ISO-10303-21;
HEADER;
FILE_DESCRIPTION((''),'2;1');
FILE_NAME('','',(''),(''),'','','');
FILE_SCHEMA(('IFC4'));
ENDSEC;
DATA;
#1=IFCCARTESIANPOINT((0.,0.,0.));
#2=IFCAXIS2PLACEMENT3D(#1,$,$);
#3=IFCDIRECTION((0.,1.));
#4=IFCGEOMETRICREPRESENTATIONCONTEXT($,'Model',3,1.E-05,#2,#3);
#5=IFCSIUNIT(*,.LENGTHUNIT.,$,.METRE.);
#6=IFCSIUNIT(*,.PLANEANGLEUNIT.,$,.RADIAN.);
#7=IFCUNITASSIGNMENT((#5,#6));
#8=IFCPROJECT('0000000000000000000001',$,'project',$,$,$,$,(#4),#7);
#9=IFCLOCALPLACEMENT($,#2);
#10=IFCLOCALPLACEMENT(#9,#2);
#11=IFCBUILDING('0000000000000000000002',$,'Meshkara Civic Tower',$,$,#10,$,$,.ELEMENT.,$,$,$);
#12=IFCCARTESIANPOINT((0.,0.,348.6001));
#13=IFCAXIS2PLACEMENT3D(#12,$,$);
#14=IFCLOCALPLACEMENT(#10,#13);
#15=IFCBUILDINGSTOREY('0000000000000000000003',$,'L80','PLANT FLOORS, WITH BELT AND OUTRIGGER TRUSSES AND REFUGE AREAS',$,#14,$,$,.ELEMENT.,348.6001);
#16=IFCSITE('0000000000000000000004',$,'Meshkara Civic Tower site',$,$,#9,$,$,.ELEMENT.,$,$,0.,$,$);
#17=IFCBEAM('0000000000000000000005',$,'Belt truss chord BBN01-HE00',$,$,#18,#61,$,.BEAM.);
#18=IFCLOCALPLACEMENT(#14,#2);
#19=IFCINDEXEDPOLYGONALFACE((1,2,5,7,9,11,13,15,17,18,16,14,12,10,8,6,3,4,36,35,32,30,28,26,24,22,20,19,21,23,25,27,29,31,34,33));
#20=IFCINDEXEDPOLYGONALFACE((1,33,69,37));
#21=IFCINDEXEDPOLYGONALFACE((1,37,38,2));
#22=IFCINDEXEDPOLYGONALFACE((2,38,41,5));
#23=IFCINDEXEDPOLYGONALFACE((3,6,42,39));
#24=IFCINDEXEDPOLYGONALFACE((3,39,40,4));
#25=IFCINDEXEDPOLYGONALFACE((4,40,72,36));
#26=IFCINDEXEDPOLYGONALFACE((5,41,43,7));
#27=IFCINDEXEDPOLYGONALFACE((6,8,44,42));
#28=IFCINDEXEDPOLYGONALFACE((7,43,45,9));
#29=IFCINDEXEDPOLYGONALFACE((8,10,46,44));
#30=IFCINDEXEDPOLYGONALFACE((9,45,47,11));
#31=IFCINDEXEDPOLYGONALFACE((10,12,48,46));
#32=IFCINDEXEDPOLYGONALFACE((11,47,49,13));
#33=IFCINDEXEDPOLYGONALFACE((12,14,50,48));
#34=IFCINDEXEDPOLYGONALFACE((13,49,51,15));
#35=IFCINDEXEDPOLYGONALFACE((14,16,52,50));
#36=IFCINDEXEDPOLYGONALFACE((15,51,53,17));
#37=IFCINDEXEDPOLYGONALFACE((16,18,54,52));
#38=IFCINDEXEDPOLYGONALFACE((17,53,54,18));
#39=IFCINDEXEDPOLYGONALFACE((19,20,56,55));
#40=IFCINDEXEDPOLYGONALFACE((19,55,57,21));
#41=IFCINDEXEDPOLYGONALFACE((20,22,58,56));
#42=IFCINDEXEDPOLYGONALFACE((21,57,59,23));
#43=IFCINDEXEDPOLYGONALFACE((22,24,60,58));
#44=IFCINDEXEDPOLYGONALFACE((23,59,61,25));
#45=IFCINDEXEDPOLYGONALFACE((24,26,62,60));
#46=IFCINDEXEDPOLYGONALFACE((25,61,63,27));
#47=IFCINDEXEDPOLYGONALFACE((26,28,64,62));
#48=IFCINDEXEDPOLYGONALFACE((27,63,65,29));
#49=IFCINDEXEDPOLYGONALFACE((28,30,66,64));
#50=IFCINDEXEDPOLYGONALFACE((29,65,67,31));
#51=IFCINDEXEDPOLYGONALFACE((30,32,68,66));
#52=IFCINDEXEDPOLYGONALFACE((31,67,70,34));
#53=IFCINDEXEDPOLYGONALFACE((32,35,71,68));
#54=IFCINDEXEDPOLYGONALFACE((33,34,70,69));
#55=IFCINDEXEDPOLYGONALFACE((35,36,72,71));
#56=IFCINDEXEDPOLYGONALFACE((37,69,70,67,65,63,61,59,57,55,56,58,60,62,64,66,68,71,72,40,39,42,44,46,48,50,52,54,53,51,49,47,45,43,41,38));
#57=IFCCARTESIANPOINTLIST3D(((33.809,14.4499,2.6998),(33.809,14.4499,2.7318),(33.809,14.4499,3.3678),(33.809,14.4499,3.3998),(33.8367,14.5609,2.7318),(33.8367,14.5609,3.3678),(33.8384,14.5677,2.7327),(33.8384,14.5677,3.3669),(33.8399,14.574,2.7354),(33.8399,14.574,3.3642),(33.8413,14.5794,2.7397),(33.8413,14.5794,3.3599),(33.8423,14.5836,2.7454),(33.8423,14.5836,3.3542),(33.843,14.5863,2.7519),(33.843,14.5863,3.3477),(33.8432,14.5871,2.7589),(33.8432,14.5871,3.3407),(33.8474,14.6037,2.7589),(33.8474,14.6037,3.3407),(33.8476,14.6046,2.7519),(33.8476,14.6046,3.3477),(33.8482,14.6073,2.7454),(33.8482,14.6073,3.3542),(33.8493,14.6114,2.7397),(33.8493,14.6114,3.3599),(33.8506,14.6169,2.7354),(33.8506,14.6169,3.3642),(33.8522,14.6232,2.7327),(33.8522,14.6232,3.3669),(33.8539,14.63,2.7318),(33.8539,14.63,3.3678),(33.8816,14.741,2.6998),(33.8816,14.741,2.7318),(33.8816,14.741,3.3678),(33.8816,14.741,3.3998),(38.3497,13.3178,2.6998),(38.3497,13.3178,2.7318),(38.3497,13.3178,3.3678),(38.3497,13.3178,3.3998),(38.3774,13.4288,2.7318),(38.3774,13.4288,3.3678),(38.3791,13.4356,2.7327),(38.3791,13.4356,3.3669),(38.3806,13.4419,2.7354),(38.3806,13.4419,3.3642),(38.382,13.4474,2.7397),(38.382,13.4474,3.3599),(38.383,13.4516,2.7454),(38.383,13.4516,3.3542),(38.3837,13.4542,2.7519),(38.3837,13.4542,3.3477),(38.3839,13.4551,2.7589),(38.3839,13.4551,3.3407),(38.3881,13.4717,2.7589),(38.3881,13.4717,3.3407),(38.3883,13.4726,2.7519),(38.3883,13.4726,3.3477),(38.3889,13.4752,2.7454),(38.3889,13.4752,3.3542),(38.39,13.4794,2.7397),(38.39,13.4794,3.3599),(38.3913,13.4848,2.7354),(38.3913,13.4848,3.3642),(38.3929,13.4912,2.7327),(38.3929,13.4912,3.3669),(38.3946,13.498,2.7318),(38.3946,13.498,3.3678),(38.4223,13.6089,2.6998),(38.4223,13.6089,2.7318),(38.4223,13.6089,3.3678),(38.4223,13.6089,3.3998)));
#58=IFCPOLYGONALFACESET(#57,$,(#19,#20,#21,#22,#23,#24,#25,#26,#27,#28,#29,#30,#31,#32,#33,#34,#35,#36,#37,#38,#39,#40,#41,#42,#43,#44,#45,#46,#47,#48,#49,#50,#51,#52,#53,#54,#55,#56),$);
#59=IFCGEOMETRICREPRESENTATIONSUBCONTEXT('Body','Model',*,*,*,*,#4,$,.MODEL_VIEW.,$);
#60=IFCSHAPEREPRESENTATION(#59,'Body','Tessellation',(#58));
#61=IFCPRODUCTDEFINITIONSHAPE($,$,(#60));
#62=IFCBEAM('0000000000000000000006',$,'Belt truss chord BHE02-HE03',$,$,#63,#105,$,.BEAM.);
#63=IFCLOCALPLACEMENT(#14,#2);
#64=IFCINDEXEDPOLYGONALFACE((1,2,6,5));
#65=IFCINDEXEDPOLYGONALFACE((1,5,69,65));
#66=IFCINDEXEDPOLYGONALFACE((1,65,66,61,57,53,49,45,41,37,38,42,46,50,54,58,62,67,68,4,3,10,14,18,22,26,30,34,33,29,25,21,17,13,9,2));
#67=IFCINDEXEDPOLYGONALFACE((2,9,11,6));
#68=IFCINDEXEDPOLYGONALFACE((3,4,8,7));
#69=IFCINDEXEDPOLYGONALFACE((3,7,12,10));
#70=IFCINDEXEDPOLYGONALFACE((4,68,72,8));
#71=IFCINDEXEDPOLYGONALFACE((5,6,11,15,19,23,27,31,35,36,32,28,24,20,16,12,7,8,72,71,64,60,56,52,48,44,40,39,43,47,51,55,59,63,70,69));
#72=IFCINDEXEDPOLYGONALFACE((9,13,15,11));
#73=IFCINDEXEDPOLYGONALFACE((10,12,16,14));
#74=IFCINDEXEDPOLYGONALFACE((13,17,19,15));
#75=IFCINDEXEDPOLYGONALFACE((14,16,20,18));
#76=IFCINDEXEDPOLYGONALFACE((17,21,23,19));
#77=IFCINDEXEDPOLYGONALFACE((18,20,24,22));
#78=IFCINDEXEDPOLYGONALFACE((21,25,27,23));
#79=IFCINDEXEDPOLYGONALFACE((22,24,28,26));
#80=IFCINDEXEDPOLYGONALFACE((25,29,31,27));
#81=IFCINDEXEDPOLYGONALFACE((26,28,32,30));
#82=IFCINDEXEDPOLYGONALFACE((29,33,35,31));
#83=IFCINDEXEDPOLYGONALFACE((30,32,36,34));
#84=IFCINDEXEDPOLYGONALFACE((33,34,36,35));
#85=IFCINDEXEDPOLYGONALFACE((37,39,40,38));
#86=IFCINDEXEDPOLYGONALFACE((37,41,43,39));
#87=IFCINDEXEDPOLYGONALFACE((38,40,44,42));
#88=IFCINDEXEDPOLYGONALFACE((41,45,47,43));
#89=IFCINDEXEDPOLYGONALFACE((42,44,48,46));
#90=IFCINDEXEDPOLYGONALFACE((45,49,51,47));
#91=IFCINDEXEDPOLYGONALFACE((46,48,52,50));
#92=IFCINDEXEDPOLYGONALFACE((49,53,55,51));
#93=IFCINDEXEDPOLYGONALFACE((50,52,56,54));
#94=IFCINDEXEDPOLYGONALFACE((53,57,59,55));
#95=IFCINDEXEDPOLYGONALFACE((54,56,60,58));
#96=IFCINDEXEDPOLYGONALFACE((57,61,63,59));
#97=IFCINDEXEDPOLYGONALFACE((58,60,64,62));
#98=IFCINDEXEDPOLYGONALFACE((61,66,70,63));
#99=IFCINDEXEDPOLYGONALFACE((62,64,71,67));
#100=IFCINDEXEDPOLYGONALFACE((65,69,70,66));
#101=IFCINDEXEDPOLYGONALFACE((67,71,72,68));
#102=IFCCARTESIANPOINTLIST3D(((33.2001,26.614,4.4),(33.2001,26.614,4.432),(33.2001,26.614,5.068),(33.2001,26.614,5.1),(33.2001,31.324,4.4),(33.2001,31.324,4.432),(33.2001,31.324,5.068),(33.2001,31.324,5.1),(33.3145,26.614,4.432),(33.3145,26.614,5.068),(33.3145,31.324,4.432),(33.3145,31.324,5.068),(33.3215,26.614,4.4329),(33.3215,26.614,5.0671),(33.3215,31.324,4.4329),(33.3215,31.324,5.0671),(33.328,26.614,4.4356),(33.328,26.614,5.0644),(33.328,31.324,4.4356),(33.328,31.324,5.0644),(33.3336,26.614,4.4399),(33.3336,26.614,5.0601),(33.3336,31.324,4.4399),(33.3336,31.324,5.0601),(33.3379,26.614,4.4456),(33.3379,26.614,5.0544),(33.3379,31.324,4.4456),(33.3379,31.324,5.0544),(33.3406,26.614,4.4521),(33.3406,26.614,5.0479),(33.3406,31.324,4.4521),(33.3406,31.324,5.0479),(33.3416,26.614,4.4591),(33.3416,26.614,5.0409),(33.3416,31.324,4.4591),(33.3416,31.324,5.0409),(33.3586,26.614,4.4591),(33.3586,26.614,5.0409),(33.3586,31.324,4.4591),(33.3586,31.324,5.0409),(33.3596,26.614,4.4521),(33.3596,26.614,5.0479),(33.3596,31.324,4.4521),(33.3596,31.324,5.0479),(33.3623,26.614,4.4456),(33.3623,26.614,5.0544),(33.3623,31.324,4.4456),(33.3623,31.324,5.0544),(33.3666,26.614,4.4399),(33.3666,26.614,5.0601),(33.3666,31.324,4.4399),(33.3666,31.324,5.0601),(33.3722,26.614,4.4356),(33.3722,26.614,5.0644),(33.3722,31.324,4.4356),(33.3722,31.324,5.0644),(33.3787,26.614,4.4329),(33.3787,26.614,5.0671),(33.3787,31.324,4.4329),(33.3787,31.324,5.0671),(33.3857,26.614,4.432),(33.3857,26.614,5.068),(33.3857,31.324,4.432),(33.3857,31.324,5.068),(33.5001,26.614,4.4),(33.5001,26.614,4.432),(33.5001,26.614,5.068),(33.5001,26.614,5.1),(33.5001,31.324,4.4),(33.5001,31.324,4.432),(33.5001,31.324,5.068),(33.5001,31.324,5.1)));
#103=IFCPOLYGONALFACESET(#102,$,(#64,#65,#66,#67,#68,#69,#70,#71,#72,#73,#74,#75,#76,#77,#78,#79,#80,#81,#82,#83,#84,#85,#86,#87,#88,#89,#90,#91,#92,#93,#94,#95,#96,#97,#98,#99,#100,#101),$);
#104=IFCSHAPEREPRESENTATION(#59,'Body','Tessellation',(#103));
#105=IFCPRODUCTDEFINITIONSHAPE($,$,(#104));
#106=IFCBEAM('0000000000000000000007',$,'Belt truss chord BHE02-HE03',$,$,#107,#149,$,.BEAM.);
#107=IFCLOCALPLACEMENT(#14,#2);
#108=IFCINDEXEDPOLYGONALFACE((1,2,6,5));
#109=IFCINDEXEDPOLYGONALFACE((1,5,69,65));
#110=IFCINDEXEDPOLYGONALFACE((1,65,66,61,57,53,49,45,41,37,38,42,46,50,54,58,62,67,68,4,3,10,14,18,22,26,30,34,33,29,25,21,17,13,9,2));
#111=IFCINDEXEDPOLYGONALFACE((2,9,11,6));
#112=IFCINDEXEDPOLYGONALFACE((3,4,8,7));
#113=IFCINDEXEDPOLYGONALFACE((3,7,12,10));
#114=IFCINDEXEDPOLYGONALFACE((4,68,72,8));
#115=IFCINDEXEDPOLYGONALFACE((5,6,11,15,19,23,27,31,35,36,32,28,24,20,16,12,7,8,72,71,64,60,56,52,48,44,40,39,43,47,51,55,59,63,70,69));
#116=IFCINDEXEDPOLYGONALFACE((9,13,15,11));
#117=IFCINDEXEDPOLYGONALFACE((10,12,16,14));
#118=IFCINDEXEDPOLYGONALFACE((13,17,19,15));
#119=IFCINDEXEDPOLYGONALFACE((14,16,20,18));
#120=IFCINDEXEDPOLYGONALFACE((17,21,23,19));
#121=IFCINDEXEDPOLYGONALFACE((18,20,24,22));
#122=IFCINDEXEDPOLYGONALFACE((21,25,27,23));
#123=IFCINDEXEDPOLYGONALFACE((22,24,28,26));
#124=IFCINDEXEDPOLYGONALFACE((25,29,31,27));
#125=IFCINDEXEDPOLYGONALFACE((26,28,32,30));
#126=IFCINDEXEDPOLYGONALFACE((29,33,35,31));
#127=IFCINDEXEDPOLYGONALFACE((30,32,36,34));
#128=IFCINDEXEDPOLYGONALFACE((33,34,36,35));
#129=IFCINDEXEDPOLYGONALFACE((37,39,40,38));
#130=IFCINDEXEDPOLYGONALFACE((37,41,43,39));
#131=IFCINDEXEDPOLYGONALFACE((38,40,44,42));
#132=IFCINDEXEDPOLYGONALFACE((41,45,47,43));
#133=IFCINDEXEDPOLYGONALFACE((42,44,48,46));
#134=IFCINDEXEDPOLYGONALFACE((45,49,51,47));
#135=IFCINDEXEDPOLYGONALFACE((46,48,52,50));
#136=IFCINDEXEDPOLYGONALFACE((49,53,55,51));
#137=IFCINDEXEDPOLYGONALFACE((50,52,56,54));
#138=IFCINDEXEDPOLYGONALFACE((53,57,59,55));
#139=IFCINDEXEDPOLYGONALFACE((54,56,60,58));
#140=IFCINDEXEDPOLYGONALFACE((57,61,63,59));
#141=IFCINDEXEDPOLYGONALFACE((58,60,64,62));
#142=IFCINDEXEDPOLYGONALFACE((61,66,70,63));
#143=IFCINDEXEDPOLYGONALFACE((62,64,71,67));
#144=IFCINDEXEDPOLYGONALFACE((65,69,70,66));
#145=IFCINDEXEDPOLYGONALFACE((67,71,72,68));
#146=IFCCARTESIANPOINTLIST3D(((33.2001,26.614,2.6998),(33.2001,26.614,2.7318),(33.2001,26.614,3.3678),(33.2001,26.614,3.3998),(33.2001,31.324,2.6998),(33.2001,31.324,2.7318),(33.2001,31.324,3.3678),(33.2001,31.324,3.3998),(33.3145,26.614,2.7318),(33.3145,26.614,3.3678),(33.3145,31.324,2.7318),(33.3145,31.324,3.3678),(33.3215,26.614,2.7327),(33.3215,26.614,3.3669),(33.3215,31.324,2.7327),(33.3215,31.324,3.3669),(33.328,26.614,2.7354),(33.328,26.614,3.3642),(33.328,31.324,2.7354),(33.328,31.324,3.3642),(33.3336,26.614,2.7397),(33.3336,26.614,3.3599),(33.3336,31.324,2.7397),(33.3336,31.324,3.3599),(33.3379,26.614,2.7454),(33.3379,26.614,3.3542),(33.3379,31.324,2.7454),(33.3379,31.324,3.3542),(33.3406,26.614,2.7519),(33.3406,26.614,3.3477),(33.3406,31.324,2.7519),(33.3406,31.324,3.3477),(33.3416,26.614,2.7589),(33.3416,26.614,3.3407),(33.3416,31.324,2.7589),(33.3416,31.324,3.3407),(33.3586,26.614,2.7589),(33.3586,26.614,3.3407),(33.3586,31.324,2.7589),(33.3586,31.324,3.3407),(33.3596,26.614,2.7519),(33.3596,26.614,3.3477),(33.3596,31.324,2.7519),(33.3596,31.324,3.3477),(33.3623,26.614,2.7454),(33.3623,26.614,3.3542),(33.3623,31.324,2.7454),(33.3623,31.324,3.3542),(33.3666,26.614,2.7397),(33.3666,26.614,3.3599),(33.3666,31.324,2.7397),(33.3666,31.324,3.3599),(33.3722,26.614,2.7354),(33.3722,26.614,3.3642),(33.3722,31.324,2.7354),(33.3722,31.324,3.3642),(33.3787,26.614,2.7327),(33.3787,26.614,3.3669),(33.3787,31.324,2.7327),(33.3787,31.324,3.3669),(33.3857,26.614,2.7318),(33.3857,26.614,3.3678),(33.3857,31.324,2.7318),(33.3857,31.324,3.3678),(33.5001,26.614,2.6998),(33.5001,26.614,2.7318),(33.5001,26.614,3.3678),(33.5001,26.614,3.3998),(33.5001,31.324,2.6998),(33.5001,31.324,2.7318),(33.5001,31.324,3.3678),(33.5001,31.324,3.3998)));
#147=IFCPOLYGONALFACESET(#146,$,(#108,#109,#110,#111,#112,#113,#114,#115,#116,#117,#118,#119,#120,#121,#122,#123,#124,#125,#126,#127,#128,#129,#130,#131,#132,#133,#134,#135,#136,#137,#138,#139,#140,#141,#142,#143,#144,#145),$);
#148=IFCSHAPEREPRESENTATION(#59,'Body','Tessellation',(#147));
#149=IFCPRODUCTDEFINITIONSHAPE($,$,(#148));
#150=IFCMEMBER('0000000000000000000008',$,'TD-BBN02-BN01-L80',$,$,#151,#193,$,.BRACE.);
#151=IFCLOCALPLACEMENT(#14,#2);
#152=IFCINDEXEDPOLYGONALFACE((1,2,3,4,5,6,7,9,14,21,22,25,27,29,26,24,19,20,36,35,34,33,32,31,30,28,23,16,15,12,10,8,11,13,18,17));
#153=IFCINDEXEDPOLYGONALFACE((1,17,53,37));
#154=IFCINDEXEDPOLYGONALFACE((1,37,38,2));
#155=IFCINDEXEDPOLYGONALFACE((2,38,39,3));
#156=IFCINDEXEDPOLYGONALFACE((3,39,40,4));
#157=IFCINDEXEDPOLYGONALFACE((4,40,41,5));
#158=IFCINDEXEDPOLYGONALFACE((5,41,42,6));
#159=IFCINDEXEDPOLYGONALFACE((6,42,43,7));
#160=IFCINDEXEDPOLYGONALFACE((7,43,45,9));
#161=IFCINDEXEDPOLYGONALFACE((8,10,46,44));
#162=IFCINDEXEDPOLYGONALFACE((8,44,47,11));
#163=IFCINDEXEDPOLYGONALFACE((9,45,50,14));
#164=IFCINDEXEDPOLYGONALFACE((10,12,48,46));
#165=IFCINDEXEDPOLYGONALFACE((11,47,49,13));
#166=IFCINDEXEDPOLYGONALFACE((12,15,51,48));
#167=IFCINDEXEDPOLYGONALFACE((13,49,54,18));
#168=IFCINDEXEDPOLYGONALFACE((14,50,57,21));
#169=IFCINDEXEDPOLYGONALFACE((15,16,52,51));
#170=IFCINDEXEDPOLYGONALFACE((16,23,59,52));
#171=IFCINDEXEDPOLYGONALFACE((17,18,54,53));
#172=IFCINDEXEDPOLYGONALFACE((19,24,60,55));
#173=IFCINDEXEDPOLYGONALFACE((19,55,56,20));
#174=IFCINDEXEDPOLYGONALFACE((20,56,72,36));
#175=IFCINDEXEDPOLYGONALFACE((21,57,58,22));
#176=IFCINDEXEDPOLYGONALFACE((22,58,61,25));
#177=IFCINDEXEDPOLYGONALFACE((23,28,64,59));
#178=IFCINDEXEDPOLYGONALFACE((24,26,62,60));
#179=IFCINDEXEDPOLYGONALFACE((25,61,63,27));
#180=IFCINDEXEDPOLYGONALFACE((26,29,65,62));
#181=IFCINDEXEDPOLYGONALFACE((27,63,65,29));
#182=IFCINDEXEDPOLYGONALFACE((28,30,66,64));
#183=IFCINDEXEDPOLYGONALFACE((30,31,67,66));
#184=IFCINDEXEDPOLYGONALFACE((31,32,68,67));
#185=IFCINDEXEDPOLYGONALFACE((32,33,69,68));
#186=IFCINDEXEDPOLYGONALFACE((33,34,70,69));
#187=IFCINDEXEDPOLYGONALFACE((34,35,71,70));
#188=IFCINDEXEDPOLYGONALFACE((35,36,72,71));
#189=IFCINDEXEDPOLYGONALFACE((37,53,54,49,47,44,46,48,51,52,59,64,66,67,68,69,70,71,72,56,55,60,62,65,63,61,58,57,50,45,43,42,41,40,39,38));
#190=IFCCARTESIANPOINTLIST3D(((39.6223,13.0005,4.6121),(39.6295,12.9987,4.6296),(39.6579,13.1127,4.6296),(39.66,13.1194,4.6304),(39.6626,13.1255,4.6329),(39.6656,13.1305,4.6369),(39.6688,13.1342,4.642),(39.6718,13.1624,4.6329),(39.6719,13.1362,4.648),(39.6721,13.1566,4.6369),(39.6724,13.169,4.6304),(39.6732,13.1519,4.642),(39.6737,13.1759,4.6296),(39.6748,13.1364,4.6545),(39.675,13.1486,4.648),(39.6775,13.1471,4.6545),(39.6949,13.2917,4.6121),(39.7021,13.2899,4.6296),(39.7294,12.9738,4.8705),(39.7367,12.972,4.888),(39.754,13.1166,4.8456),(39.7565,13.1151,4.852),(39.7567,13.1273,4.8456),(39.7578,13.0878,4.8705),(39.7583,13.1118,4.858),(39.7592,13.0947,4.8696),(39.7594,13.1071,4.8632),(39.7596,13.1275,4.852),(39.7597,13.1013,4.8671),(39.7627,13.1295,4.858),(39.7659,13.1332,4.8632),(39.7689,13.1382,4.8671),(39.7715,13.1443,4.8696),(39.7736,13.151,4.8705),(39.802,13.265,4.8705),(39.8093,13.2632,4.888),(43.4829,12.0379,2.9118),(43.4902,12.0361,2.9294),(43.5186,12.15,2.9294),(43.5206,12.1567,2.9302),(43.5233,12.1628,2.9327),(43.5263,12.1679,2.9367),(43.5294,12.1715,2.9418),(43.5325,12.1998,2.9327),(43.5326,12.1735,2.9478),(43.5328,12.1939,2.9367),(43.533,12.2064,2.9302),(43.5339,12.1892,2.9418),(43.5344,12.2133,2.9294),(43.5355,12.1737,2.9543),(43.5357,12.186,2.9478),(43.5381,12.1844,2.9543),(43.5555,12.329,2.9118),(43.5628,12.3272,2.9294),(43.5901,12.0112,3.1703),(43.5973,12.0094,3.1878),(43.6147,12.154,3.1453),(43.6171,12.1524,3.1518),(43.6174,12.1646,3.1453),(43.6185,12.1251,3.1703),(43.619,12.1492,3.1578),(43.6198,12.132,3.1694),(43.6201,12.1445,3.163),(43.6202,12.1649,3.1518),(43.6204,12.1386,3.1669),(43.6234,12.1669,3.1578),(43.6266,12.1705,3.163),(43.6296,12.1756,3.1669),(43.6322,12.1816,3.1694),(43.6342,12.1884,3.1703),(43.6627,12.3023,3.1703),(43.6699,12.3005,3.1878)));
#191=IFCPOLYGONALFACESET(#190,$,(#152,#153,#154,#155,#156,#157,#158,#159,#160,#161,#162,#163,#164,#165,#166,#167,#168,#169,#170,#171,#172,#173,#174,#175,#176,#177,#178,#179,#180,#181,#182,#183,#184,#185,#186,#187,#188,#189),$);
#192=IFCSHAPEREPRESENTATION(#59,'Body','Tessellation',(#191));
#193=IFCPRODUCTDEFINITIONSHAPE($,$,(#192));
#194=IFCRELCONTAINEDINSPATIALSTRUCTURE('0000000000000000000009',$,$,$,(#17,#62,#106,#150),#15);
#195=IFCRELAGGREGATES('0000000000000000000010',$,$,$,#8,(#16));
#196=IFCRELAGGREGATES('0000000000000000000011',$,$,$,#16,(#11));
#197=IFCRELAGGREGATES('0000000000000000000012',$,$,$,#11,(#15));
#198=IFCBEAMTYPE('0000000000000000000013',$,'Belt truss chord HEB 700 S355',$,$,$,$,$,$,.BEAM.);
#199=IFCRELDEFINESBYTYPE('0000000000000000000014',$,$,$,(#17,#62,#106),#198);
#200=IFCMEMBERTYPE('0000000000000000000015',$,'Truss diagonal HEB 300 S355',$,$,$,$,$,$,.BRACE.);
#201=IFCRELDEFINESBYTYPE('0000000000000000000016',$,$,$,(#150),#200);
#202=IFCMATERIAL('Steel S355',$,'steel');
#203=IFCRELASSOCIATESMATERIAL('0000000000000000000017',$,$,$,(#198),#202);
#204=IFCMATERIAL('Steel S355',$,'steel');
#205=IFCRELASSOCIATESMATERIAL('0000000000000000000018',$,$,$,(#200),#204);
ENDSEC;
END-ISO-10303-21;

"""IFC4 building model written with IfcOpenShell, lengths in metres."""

from ifc_helpers import new_model, si_unit, direction, frame, origin, origin_2d, place, context, subcontext, project, spatial, i_section, extrude, material, material_profile, profile_set, type_object, element, save


model = new_model("IFC4")

# Units and contexts
model_context = context("Model", 3, precision=1e-05, world=origin(), true_north=direction((0.0, 1.0)))
body_context = subcontext(model_context, "Body", "Model", "MODEL_VIEW")
ifc_project = project(units=[si_unit("LENGTHUNIT", "METRE"), si_unit("PLANEANGLEUNIT", "RADIAN")], contexts=[model_context])

# Site, building, storey
site_placement = place(None, origin())
site = spatial("IfcSite", under=ifc_project, at=site_placement, Name="Meshkara Civic Tower site", CompositionType="ELEMENT", RefElevation=0.0)
building_placement = place(site_placement, origin())
building = spatial("IfcBuilding", under=site, at=building_placement, Name="Meshkara Civic Tower", CompositionType="ELEMENT")
storey_placement = place(building_placement, frame((0.0, 0.0, 348.6001)))
storey = spatial("IfcBuildingStorey", under=building, at=storey_placement, Name="L80", Description="PLANT FLOORS, WITH BELT AND OUTRIGGER TRUSSES AND REFUGE AREAS", CompositionType="ELEMENT", Elevation=348.6001)

# Beams
ifc_material_1 = material(Name="Steel S355", Category="steel")
ifc_material_profile_1 = material_profile(ifc_material_1, i_section(OverallWidth=0.3, OverallDepth=0.7, WebThickness=0.0171, FlangeThickness=0.032, FilletRadius=0.0271, at=origin_2d()))
ifc_profile_set_1 = profile_set([ifc_material_profile_1], Name="Steel S355")
beam_type = type_object("IfcBeamType", Name="Belt truss chord HEB 700 S355", PredefinedType="BEAM", material=ifc_profile_set_1)
for number, where, z_axis, x_axis, name in (
    (1, (38.386, 13.4634, 3.0498), (-0.970299, 0.24191, 0.0), (-0.24191, -0.970299, 0.0), "Belt truss chord BBN01-HE00"),
):
    element("IfcBeam", number, at=place(storey_placement, frame(where, z_axis=z_axis, x_axis=x_axis)), inside=storey, type_object=beam_type, Name=name, PredefinedType="BEAM", context=body_context, shape_type="SweptSolid", body=[
        extrude(i_section(OverallWidth=0.3, OverallDepth=0.7, WebThickness=0.0171, FlangeThickness=0.032, FilletRadius=0.0271, at=origin_2d()), origin(), (0.0, 0.0, 1.0), 4.6797),
    ])
for number, where, z_axis, x_axis, name in (
    (2, (33.3501, 26.614, 4.75), (0.0, 1.0, 0.0), (-1.0, 0.0, 0.0), "Belt truss chord BHE02-HE03"),
    (3, (33.3501, 26.614, 3.0498), (0.0, 1.0, 0.0), (-1.0, 0.0, 0.0), "Belt truss chord BHE02-HE03"),
):
    element("IfcBeam", number, at=place(storey_placement, frame(where, z_axis=z_axis, x_axis=x_axis)), inside=storey, type_object=beam_type, Name=name, PredefinedType="BEAM", context=body_context, shape_type="SweptSolid", body=[
        extrude(i_section(OverallWidth=0.3, OverallDepth=0.7, WebThickness=0.0171, FlangeThickness=0.032, FilletRadius=0.0271, at=origin_2d()), origin(), (0.0, 0.0, 1.0), 4.71),
    ])

# Member
ifc_material_2 = material(Name="Steel S355", Category="steel")
ifc_material_profile_2 = material_profile(ifc_material_2, i_section(OverallWidth=0.3, OverallDepth=0.3, WebThickness=0.011, FlangeThickness=0.019, FilletRadius=0.0271, at=origin_2d()))
ifc_profile_set_2 = profile_set([ifc_material_profile_2], Name="Steel S355")
member_type = type_object("IfcMemberType", Name="Truss diagonal HEB 300 S355", PredefinedType="BRACE", material=ifc_profile_set_2)
member_1_placement = place(storey_placement, frame((43.5764, 12.1692, 3.0498), z_axis=(-0.892244, 0.222483, 0.392941), x_axis=(-0.241944, -0.97029, 0.0)))
element("IfcMember", 4, at=member_1_placement, inside=storey, type_object=member_type, Name="TD-BBN02-BN01-L80", PredefinedType="BRACE", context=body_context, shape_type="SweptSolid", body=[
    extrude(i_section(OverallWidth=0.3, OverallDepth=0.3, WebThickness=0.011, FlangeThickness=0.019, FilletRadius=0.0271, at=origin_2d()), origin(), (0.0, 0.0, 1.0), 4.3269),
])

save(model, "model.ifc")
